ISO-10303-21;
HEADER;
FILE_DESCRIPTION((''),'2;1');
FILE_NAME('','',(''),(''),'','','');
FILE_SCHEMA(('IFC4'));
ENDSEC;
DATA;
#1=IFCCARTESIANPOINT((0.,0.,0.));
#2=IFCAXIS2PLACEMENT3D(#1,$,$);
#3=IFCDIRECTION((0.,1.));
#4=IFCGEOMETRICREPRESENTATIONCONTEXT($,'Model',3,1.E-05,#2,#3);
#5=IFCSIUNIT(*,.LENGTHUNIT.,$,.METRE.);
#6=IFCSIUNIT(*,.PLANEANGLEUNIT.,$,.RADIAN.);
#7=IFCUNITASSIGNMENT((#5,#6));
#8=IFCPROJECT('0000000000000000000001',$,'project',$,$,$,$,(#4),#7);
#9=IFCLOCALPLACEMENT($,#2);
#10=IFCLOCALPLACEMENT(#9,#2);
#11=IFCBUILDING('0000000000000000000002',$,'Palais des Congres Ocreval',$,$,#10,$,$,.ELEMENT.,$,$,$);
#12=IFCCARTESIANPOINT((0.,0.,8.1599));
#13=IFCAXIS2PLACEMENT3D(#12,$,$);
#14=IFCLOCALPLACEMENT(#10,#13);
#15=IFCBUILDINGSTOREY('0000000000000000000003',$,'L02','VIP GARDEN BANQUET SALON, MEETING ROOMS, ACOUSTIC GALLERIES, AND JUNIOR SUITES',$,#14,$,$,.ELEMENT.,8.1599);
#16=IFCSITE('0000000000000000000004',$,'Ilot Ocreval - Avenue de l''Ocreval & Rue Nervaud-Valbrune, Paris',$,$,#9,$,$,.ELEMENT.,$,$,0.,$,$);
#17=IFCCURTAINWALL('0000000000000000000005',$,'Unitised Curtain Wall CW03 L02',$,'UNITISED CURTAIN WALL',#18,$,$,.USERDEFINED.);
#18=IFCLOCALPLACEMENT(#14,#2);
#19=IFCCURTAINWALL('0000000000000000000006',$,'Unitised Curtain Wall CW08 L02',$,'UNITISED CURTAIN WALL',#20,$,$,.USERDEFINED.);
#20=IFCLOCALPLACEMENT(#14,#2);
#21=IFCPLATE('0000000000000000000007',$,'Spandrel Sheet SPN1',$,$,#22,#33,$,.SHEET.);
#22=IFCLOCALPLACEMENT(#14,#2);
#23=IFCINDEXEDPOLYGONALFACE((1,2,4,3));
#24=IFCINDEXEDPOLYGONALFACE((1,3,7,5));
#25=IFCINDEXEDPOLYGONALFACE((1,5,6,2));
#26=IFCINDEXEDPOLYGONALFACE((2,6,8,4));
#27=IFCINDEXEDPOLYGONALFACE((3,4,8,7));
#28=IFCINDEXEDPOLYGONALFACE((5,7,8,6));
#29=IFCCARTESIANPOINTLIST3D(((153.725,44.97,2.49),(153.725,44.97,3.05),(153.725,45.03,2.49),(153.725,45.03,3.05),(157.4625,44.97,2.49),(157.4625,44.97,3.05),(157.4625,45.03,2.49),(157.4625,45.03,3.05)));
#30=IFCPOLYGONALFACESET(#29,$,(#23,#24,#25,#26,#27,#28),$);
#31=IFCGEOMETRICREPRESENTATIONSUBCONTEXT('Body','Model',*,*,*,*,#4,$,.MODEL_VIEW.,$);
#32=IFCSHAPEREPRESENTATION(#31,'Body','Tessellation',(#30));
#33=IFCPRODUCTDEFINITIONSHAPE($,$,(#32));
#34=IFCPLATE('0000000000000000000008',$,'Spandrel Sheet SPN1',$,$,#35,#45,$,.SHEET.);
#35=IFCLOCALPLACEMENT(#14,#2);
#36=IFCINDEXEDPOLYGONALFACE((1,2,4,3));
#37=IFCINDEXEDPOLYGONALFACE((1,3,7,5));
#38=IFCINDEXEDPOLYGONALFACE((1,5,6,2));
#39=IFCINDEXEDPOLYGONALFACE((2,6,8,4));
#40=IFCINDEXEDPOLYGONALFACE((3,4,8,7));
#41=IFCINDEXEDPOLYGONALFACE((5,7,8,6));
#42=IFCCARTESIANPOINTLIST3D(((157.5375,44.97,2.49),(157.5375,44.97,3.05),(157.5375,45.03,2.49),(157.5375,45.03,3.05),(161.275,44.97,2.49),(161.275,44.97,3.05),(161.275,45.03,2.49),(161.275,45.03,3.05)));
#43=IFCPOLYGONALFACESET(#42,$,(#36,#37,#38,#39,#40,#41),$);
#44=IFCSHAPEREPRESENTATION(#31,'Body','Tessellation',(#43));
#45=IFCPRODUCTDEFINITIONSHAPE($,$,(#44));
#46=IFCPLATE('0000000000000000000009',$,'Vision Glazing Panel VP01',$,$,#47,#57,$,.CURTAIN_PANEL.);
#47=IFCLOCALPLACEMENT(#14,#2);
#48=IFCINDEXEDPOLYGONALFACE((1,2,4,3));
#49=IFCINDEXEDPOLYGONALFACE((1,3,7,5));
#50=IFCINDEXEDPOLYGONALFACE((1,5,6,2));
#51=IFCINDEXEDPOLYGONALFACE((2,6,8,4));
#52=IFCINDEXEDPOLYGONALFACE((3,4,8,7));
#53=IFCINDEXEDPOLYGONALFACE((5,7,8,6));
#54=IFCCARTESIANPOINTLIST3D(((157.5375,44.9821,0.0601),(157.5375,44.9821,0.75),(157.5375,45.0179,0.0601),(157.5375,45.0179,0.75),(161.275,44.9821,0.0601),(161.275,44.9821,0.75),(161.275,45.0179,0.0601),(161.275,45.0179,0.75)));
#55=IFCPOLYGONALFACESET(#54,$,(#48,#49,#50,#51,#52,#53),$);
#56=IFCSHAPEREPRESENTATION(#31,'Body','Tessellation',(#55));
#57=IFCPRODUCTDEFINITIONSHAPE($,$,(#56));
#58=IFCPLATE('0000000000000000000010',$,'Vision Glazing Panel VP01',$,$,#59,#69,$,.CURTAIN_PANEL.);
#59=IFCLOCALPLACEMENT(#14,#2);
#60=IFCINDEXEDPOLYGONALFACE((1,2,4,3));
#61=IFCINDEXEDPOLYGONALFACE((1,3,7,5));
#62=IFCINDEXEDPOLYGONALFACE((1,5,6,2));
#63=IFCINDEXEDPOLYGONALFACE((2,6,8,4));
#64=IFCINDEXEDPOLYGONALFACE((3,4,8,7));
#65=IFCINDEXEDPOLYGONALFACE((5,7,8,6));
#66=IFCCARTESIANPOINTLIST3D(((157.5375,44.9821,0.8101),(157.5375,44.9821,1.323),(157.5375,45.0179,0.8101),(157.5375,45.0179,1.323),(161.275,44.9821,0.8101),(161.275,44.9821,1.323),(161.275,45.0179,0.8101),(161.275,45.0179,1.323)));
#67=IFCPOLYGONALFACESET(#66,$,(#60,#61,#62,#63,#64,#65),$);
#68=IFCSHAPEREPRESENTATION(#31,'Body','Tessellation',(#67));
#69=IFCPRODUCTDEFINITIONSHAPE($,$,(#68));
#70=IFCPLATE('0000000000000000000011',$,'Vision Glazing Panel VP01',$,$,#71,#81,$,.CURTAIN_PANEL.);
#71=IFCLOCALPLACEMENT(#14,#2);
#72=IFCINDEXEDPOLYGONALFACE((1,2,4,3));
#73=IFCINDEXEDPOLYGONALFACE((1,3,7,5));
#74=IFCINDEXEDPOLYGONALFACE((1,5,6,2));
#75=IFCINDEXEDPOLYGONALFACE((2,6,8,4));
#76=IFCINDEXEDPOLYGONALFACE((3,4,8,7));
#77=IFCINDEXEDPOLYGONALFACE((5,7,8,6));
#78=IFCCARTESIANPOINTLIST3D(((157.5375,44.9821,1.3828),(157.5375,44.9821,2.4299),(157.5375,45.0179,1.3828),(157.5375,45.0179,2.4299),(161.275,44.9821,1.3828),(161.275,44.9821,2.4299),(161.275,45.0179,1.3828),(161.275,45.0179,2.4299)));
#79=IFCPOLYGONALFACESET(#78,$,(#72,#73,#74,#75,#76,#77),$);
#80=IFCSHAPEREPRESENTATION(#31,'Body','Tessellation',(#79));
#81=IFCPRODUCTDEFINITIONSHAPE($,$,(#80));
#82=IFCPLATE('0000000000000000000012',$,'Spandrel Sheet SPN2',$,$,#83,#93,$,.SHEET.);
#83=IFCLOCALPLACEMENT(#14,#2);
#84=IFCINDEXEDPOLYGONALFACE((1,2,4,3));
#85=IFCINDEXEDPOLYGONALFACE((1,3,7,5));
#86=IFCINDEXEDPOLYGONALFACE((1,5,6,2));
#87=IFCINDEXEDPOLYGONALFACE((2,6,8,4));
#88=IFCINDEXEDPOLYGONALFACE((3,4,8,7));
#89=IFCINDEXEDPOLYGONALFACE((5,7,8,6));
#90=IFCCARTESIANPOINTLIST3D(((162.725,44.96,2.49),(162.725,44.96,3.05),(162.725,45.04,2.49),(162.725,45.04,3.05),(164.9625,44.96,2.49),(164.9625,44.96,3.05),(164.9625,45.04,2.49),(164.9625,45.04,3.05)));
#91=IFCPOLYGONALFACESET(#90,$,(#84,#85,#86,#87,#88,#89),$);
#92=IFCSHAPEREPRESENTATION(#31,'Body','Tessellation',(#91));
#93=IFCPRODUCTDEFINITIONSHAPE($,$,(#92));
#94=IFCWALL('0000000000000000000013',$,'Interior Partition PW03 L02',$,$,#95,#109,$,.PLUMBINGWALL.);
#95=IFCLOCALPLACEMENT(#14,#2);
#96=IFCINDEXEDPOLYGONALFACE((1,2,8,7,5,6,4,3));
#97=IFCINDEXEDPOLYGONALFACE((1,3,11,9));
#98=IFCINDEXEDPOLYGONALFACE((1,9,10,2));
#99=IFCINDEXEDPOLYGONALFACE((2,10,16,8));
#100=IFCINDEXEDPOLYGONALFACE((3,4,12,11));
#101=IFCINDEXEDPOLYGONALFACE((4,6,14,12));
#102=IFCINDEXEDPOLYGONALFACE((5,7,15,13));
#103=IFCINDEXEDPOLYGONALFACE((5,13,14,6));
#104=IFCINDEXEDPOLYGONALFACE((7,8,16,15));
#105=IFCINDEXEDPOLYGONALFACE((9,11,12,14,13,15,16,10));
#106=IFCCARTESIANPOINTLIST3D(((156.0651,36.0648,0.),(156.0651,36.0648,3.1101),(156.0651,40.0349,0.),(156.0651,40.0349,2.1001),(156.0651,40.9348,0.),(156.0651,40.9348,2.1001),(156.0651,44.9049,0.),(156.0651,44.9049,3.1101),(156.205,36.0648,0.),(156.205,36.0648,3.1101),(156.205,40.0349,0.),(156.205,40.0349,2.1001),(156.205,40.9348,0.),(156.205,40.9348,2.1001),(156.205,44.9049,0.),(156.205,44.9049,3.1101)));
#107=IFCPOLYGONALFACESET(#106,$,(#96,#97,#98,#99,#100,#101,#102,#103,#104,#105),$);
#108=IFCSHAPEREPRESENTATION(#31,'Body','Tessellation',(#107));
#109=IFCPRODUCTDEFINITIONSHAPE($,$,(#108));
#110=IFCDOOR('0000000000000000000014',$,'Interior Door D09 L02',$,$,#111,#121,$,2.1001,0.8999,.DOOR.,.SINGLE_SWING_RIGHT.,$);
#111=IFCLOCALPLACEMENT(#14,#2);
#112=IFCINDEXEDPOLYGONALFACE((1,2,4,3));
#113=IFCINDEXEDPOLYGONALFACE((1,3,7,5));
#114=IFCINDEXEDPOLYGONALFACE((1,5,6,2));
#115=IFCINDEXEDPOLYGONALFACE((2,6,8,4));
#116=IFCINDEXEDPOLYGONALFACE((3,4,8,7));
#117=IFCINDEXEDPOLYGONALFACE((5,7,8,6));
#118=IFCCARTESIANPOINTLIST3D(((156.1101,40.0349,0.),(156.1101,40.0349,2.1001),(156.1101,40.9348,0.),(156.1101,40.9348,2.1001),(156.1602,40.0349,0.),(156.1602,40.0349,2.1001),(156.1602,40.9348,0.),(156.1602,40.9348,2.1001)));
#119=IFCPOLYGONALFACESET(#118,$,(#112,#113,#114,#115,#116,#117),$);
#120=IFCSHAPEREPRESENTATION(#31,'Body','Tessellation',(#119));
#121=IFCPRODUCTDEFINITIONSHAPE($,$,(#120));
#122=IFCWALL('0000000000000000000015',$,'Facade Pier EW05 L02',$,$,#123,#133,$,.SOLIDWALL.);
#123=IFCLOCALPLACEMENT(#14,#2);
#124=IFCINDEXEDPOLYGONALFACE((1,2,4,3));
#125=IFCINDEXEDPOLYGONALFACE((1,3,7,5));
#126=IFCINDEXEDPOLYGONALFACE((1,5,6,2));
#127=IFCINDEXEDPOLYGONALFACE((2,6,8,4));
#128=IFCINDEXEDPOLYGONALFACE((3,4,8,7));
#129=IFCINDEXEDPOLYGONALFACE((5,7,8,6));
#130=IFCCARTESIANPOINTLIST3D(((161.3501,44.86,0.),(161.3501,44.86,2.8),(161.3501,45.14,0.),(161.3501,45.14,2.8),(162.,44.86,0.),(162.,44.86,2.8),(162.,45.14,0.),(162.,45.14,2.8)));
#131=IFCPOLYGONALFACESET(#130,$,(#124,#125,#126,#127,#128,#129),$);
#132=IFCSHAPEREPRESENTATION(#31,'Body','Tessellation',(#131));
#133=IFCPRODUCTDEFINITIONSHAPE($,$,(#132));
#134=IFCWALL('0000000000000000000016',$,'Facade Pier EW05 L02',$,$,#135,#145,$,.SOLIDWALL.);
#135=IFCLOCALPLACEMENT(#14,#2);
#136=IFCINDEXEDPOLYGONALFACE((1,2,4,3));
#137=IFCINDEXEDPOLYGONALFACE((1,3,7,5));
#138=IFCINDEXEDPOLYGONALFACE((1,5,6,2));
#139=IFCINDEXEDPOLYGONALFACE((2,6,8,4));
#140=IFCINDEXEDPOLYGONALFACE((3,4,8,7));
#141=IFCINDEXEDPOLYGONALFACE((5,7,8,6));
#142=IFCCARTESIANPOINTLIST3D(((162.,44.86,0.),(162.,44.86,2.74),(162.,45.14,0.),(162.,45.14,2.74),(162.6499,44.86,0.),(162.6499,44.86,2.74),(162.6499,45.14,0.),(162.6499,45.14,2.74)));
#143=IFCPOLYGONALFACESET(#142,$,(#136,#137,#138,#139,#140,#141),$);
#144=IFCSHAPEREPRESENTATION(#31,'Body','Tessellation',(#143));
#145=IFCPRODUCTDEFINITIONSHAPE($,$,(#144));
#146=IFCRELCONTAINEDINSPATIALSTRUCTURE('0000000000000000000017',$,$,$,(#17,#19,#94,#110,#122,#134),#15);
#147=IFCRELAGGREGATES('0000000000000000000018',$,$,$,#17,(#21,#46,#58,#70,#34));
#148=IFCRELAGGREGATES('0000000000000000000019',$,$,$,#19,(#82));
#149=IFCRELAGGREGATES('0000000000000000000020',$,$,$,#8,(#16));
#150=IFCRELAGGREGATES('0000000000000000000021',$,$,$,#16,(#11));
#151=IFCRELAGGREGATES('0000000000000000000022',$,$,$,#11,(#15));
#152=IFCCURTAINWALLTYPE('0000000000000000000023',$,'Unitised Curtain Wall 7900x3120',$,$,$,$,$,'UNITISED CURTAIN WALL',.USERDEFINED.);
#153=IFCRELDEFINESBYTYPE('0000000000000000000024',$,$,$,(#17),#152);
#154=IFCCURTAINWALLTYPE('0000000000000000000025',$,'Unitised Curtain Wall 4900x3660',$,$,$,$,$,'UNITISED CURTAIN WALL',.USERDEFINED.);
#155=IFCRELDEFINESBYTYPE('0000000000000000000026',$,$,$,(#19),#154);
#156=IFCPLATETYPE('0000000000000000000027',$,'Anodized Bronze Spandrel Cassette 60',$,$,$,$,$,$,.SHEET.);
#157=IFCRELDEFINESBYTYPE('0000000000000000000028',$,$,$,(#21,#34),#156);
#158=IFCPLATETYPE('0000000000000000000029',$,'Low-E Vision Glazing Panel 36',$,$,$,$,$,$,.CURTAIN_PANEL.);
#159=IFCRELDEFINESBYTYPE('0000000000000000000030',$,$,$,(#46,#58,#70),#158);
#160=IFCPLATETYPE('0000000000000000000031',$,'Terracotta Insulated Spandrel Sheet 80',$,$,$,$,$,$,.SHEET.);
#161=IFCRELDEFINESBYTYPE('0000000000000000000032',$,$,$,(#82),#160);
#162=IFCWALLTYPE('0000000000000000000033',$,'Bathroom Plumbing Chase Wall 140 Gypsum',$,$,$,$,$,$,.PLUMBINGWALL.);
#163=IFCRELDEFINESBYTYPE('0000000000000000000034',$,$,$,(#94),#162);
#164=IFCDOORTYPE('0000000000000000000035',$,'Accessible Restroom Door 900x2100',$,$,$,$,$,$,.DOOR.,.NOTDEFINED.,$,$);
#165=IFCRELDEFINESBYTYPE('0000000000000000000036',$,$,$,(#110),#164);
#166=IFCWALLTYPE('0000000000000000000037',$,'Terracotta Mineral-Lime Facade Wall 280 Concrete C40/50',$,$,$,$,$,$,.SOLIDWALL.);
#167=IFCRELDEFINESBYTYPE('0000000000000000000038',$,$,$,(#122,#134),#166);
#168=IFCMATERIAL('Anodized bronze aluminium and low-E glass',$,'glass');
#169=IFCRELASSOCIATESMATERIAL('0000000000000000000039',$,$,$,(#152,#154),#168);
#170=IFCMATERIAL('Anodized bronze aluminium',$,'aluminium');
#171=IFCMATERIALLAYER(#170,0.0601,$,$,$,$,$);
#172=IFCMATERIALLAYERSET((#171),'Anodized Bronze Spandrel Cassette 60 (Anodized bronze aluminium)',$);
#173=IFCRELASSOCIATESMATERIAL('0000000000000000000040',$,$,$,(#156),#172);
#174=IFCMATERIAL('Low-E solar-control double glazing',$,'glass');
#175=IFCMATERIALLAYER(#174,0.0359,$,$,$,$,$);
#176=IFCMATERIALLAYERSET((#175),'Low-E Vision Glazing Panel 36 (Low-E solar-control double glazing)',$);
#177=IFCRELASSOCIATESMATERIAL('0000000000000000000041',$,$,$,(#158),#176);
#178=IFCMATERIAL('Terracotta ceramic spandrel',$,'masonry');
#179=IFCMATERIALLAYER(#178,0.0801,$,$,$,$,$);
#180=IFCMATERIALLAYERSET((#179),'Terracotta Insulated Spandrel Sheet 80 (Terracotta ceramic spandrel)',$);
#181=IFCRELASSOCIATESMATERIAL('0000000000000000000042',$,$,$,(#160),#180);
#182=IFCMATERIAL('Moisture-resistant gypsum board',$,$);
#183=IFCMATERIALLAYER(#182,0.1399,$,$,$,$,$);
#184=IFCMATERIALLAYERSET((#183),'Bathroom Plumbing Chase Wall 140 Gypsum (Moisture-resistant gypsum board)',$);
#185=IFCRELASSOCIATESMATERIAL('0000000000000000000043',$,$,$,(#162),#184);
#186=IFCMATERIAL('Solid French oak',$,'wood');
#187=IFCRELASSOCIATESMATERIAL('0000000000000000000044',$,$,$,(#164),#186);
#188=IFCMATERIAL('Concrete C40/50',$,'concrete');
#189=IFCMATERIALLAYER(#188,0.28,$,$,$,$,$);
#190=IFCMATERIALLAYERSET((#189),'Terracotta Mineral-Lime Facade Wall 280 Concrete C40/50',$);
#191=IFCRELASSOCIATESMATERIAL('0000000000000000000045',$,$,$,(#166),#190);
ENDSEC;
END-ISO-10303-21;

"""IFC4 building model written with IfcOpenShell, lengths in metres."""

from ifc_helpers import new_model, si_unit, direction, frame, frame_2d, origin, origin_2d, place, context, subcontext, project, spatial, rectangle, extrude, material, layer, layer_set, type_object, element, fill, aggregate, save


model = new_model("IFC4")

# Units and contexts
model_context = context("Model", 3, precision=1e-05, world=origin(), true_north=direction((0.0, 1.0)))
body_context = subcontext(model_context, "Body", "Model", "MODEL_VIEW")
ifc_project = project(units=[si_unit("LENGTHUNIT", "METRE"), si_unit("PLANEANGLEUNIT", "RADIAN")], contexts=[model_context])

# Site, building, storey
site_placement = place(None, origin())
site = spatial("IfcSite", under=ifc_project, at=site_placement, Name="Ilot Ocreval - Avenue de l'Ocreval & Rue Nervaud-Valbrune, Paris", CompositionType="ELEMENT", RefElevation=0.0)
building_placement = place(site_placement, origin())
building = spatial("IfcBuilding", under=site, at=building_placement, Name="Palais des Congres Ocreval", CompositionType="ELEMENT")
storey_placement = place(building_placement, frame((0.0, 0.0, 8.1599)))
storey = spatial("IfcBuildingStorey", under=building, at=storey_placement, Name="L02", Description="VIP GARDEN BANQUET SALON, MEETING ROOMS, ACOUSTIC GALLERIES, AND JUNIOR SUITES", CompositionType="ELEMENT", Elevation=8.1599)

# Curtain walls
ifc_material_1 = material(Name="Anodized bronze aluminium and low-E glass", Category="glass")
curtain_wall_type_1 = type_object("IfcCurtainWallType", Name="Unitised Curtain Wall 7900x3120", ElementType="UNITISED CURTAIN WALL", PredefinedType="USERDEFINED", material=ifc_material_1)
curtain_wall_1_placement = place(storey_placement, origin())
curtain_wall_1 = element("IfcCurtainWall", 1, at=curtain_wall_1_placement, inside=storey, type_object=curtain_wall_type_1, Name="Unitised Curtain Wall CW03 L02", ObjectType="UNITISED CURTAIN WALL", PredefinedType="USERDEFINED")
ifc_material_2 = material(Name="Anodized bronze aluminium", Category="aluminium")
curtain_wall_type_2 = type_object("IfcCurtainWallType", Name="Unitised Curtain Wall 4900x3660", ElementType="UNITISED CURTAIN WALL", PredefinedType="USERDEFINED", material=ifc_material_1)
curtain_wall_2_placement = place(storey_placement, origin())
curtain_wall_2 = element("IfcCurtainWall", 2, at=curtain_wall_2_placement, inside=storey, type_object=curtain_wall_type_2, Name="Unitised Curtain Wall CW08 L02", ObjectType="UNITISED CURTAIN WALL", PredefinedType="USERDEFINED")

# Plates
ifc_layer_1 = layer(ifc_material_2, 0.0601)
ifc_layer_set_1 = layer_set([ifc_layer_1], Name="Anodized Bronze Spandrel Cassette 60 (Anodized bronze aluminium)")
plate_type_1 = type_object("IfcPlateType", Name="Anodized Bronze Spandrel Cassette 60", PredefinedType="SHEET", material=ifc_layer_set_1)
plate_1_placement = place(storey_placement, frame((155.5938, 45.0, 2.49), z_axis=(0.0, 0.0, 1.0), x_axis=(1.0, 0.0, 0.0)))
plate_1 = element("IfcPlate", 3, at=plate_1_placement, type_object=plate_type_1, Name="Spandrel Sheet SPN1", PredefinedType="SHEET", context=body_context, shape_type="SweptSolid", body=[
    extrude(rectangle(XDim=3.7375, YDim=0.0601, at=origin_2d()), origin(), (0.0, 0.0, 1.0), 0.5601),
])
plate_2_placement = place(storey_placement, frame((159.4062, 45.0, 2.49), z_axis=(0.0, 0.0, 1.0), x_axis=(1.0, 0.0, 0.0)))
plate_2 = element("IfcPlate", 4, at=plate_2_placement, type_object=plate_type_1, Name="Spandrel Sheet SPN1", PredefinedType="SHEET", context=body_context, shape_type="SweptSolid", body=[
    extrude(rectangle(XDim=3.7375, YDim=0.0601, at=origin_2d()), origin(), (0.0, 0.0, 1.0), 0.5601),
])
ifc_material_3 = material(Name="Low-E solar-control double glazing", Category="glass")
ifc_layer_2 = layer(ifc_material_3, 0.0359)
ifc_layer_set_2 = layer_set([ifc_layer_2], Name="Low-E Vision Glazing Panel 36 (Low-E solar-control double glazing)")
plate_type_2 = type_object("IfcPlateType", Name="Low-E Vision Glazing Panel 36", PredefinedType="CURTAIN_PANEL", material=ifc_layer_set_2)
plate_3_placement = place(storey_placement, frame((159.4062, 45.0, 0.0601), z_axis=(0.0, 0.0, 1.0), x_axis=(1.0, 0.0, 0.0)))
plate_3 = element("IfcPlate", 5, at=plate_3_placement, type_object=plate_type_2, Name="Vision Glazing Panel VP01", PredefinedType="CURTAIN_PANEL", context=body_context, shape_type="SweptSolid", body=[
    extrude(rectangle(XDim=3.7375, YDim=0.0359, at=origin_2d()), origin(), (0.0, 0.0, 1.0), 0.6899),
])
plate_4_placement = place(storey_placement, frame((159.4062, 45.0, 0.8101), z_axis=(0.0, 0.0, 1.0), x_axis=(1.0, 0.0, 0.0)))
plate_4 = element("IfcPlate", 6, at=plate_4_placement, type_object=plate_type_2, Name="Vision Glazing Panel VP01", PredefinedType="CURTAIN_PANEL", context=body_context, shape_type="SweptSolid", body=[
    extrude(rectangle(XDim=3.7375, YDim=0.0359, at=origin_2d()), origin(), (0.0, 0.0, 1.0), 0.5129),
])
plate_5_placement = place(storey_placement, frame((159.4062, 45.0, 1.3828), z_axis=(0.0, 0.0, 1.0), x_axis=(1.0, 0.0, 0.0)))
plate_5 = element("IfcPlate", 7, at=plate_5_placement, type_object=plate_type_2, Name="Vision Glazing Panel VP01", PredefinedType="CURTAIN_PANEL", context=body_context, shape_type="SweptSolid", body=[
    extrude(rectangle(XDim=3.7375, YDim=0.0359, at=origin_2d()), origin(), (0.0, 0.0, 1.0), 1.0471),
])
aggregate(curtain_wall_1, [plate_1, plate_3, plate_4, plate_5, plate_2])
ifc_material_4 = material(Name="Terracotta ceramic spandrel", Category="masonry")
ifc_layer_3 = layer(ifc_material_4, 0.0801)
ifc_layer_set_3 = layer_set([ifc_layer_3], Name="Terracotta Insulated Spandrel Sheet 80 (Terracotta ceramic spandrel)")
plate_type_3 = type_object("IfcPlateType", Name="Terracotta Insulated Spandrel Sheet 80", PredefinedType="SHEET", material=ifc_layer_set_3)
plate_6_placement = place(storey_placement, frame((163.8438, 45.0, 2.49), z_axis=(0.0, 0.0, 1.0), x_axis=(1.0, 0.0, 0.0)))
plate_6 = element("IfcPlate", 8, at=plate_6_placement, type_object=plate_type_3, Name="Spandrel Sheet SPN2", PredefinedType="SHEET", context=body_context, shape_type="SweptSolid", body=[
    extrude(rectangle(XDim=2.2375, YDim=0.0801, at=origin_2d()), origin(), (0.0, 0.0, 1.0), 0.5601),
])
aggregate(curtain_wall_2, [plate_6])

# Wall, opening, door
ifc_material_5 = material(Name="Moisture-resistant gypsum board")
ifc_layer_4 = layer(ifc_material_5, 0.1399)
ifc_layer_set_4 = layer_set([ifc_layer_4], Name="Bathroom Plumbing Chase Wall 140 Gypsum (Moisture-resistant gypsum board)")
wall_type_1 = type_object("IfcWallType", Name="Bathroom Plumbing Chase Wall 140 Gypsum", PredefinedType="PLUMBINGWALL", material=ifc_layer_set_4)
wall_1_placement = place(storey_placement, frame((156.135, 36.0649, 0.0), z_axis=(0.0, 0.0, 1.0), x_axis=(0.0, 1.0, 0.0)))
wall_1 = element("IfcWall", 9, at=wall_1_placement, inside=storey, type_object=wall_type_1, Name="Interior Partition PW03 L02", PredefinedType="PLUMBINGWALL", context=body_context, shape_type="SweptSolid", body=[
    extrude(rectangle(XDim=8.8401, YDim=0.1399, at=frame_2d((4.4199, 0.0))), origin(), (0.0, 0.0, 1.0), 3.1101),
])
opening_placement = place(wall_1_placement, frame((3.97, 0.0, 0.0)))
opening = element("IfcOpeningElement", 10, at=opening_placement, cuts=wall_1, PredefinedType="OPENING", context=body_context, shape_type="SweptSolid", body=[
    extrude(rectangle(XDim=0.8999, YDim=2.1001, at=frame_2d((0.45, 1.05))), frame((0.0, 0.0798, 0.0), z_axis=(0.0, -1.0, 0.0), x_axis=(1.0, 0.0, 0.0)), (0.0, 0.0, 1.0), 0.1599),
])
ifc_material_6 = material(Name="Solid French oak", Category="wood")
door_type = type_object("IfcDoorType", Name="Accessible Restroom Door 900x2100", OperationType="NOTDEFINED", PredefinedType="DOOR", material=ifc_material_6)
door_placement = place(opening_placement, origin())
door = element("IfcDoor", 11, at=door_placement, inside=storey, type_object=door_type, Name="Interior Door D09 L02", OperationType="SINGLE_SWING_RIGHT", OverallHeight=2.1001, OverallWidth=0.8999, PredefinedType="DOOR", context=body_context, shape_type="SweptSolid", body=[
    extrude(rectangle(XDim=0.8999, YDim=2.1001, at=frame_2d((0.45, 1.05))), frame((0.0, 0.0249, 0.0), z_axis=(0.0, -1.0, 0.0), x_axis=(1.0, 0.0, 0.0)), (0.0, 0.0, 1.0), 0.05),
])
fill(opening, door)

# Walls
ifc_material_7 = material(Name="Concrete C40/50", Category="concrete")
ifc_layer_5 = layer(ifc_material_7, 0.28)
ifc_layer_set_5 = layer_set([ifc_layer_5], Name="Terracotta Mineral-Lime Facade Wall 280 Concrete C40/50")
wall_type_2 = type_object("IfcWallType", Name="Terracotta Mineral-Lime Facade Wall 280 Concrete C40/50", PredefinedType="SOLIDWALL", material=ifc_layer_set_5)
wall_2_placement = place(storey_placement, frame((161.3501, 45.0, 0.0), z_axis=(0.0, 0.0, 1.0), x_axis=(1.0, 0.0, 0.0)))
element("IfcWall", 12, at=wall_2_placement, inside=storey, type_object=wall_type_2, Name="Facade Pier EW05 L02", PredefinedType="SOLIDWALL", context=body_context, shape_type="SweptSolid", body=[
    extrude(rectangle(XDim=0.6499, YDim=0.28, at=frame_2d((0.325, 0.0))), origin(), (0.0, 0.0, 1.0), 2.8),
])
wall_3_placement = place(storey_placement, frame((162.0, 45.0, 0.0), z_axis=(0.0, 0.0, 1.0), x_axis=(1.0, 0.0, 0.0)))
element("IfcWall", 13, at=wall_3_placement, inside=storey, type_object=wall_type_2, Name="Facade Pier EW05 L02", PredefinedType="SOLIDWALL", context=body_context, shape_type="SweptSolid", body=[
    extrude(rectangle(XDim=0.6499, YDim=0.28, at=frame_2d((0.325, 0.0))), origin(), (0.0, 0.0, 1.0), 2.74),
])

save(model, "model.ifc")
